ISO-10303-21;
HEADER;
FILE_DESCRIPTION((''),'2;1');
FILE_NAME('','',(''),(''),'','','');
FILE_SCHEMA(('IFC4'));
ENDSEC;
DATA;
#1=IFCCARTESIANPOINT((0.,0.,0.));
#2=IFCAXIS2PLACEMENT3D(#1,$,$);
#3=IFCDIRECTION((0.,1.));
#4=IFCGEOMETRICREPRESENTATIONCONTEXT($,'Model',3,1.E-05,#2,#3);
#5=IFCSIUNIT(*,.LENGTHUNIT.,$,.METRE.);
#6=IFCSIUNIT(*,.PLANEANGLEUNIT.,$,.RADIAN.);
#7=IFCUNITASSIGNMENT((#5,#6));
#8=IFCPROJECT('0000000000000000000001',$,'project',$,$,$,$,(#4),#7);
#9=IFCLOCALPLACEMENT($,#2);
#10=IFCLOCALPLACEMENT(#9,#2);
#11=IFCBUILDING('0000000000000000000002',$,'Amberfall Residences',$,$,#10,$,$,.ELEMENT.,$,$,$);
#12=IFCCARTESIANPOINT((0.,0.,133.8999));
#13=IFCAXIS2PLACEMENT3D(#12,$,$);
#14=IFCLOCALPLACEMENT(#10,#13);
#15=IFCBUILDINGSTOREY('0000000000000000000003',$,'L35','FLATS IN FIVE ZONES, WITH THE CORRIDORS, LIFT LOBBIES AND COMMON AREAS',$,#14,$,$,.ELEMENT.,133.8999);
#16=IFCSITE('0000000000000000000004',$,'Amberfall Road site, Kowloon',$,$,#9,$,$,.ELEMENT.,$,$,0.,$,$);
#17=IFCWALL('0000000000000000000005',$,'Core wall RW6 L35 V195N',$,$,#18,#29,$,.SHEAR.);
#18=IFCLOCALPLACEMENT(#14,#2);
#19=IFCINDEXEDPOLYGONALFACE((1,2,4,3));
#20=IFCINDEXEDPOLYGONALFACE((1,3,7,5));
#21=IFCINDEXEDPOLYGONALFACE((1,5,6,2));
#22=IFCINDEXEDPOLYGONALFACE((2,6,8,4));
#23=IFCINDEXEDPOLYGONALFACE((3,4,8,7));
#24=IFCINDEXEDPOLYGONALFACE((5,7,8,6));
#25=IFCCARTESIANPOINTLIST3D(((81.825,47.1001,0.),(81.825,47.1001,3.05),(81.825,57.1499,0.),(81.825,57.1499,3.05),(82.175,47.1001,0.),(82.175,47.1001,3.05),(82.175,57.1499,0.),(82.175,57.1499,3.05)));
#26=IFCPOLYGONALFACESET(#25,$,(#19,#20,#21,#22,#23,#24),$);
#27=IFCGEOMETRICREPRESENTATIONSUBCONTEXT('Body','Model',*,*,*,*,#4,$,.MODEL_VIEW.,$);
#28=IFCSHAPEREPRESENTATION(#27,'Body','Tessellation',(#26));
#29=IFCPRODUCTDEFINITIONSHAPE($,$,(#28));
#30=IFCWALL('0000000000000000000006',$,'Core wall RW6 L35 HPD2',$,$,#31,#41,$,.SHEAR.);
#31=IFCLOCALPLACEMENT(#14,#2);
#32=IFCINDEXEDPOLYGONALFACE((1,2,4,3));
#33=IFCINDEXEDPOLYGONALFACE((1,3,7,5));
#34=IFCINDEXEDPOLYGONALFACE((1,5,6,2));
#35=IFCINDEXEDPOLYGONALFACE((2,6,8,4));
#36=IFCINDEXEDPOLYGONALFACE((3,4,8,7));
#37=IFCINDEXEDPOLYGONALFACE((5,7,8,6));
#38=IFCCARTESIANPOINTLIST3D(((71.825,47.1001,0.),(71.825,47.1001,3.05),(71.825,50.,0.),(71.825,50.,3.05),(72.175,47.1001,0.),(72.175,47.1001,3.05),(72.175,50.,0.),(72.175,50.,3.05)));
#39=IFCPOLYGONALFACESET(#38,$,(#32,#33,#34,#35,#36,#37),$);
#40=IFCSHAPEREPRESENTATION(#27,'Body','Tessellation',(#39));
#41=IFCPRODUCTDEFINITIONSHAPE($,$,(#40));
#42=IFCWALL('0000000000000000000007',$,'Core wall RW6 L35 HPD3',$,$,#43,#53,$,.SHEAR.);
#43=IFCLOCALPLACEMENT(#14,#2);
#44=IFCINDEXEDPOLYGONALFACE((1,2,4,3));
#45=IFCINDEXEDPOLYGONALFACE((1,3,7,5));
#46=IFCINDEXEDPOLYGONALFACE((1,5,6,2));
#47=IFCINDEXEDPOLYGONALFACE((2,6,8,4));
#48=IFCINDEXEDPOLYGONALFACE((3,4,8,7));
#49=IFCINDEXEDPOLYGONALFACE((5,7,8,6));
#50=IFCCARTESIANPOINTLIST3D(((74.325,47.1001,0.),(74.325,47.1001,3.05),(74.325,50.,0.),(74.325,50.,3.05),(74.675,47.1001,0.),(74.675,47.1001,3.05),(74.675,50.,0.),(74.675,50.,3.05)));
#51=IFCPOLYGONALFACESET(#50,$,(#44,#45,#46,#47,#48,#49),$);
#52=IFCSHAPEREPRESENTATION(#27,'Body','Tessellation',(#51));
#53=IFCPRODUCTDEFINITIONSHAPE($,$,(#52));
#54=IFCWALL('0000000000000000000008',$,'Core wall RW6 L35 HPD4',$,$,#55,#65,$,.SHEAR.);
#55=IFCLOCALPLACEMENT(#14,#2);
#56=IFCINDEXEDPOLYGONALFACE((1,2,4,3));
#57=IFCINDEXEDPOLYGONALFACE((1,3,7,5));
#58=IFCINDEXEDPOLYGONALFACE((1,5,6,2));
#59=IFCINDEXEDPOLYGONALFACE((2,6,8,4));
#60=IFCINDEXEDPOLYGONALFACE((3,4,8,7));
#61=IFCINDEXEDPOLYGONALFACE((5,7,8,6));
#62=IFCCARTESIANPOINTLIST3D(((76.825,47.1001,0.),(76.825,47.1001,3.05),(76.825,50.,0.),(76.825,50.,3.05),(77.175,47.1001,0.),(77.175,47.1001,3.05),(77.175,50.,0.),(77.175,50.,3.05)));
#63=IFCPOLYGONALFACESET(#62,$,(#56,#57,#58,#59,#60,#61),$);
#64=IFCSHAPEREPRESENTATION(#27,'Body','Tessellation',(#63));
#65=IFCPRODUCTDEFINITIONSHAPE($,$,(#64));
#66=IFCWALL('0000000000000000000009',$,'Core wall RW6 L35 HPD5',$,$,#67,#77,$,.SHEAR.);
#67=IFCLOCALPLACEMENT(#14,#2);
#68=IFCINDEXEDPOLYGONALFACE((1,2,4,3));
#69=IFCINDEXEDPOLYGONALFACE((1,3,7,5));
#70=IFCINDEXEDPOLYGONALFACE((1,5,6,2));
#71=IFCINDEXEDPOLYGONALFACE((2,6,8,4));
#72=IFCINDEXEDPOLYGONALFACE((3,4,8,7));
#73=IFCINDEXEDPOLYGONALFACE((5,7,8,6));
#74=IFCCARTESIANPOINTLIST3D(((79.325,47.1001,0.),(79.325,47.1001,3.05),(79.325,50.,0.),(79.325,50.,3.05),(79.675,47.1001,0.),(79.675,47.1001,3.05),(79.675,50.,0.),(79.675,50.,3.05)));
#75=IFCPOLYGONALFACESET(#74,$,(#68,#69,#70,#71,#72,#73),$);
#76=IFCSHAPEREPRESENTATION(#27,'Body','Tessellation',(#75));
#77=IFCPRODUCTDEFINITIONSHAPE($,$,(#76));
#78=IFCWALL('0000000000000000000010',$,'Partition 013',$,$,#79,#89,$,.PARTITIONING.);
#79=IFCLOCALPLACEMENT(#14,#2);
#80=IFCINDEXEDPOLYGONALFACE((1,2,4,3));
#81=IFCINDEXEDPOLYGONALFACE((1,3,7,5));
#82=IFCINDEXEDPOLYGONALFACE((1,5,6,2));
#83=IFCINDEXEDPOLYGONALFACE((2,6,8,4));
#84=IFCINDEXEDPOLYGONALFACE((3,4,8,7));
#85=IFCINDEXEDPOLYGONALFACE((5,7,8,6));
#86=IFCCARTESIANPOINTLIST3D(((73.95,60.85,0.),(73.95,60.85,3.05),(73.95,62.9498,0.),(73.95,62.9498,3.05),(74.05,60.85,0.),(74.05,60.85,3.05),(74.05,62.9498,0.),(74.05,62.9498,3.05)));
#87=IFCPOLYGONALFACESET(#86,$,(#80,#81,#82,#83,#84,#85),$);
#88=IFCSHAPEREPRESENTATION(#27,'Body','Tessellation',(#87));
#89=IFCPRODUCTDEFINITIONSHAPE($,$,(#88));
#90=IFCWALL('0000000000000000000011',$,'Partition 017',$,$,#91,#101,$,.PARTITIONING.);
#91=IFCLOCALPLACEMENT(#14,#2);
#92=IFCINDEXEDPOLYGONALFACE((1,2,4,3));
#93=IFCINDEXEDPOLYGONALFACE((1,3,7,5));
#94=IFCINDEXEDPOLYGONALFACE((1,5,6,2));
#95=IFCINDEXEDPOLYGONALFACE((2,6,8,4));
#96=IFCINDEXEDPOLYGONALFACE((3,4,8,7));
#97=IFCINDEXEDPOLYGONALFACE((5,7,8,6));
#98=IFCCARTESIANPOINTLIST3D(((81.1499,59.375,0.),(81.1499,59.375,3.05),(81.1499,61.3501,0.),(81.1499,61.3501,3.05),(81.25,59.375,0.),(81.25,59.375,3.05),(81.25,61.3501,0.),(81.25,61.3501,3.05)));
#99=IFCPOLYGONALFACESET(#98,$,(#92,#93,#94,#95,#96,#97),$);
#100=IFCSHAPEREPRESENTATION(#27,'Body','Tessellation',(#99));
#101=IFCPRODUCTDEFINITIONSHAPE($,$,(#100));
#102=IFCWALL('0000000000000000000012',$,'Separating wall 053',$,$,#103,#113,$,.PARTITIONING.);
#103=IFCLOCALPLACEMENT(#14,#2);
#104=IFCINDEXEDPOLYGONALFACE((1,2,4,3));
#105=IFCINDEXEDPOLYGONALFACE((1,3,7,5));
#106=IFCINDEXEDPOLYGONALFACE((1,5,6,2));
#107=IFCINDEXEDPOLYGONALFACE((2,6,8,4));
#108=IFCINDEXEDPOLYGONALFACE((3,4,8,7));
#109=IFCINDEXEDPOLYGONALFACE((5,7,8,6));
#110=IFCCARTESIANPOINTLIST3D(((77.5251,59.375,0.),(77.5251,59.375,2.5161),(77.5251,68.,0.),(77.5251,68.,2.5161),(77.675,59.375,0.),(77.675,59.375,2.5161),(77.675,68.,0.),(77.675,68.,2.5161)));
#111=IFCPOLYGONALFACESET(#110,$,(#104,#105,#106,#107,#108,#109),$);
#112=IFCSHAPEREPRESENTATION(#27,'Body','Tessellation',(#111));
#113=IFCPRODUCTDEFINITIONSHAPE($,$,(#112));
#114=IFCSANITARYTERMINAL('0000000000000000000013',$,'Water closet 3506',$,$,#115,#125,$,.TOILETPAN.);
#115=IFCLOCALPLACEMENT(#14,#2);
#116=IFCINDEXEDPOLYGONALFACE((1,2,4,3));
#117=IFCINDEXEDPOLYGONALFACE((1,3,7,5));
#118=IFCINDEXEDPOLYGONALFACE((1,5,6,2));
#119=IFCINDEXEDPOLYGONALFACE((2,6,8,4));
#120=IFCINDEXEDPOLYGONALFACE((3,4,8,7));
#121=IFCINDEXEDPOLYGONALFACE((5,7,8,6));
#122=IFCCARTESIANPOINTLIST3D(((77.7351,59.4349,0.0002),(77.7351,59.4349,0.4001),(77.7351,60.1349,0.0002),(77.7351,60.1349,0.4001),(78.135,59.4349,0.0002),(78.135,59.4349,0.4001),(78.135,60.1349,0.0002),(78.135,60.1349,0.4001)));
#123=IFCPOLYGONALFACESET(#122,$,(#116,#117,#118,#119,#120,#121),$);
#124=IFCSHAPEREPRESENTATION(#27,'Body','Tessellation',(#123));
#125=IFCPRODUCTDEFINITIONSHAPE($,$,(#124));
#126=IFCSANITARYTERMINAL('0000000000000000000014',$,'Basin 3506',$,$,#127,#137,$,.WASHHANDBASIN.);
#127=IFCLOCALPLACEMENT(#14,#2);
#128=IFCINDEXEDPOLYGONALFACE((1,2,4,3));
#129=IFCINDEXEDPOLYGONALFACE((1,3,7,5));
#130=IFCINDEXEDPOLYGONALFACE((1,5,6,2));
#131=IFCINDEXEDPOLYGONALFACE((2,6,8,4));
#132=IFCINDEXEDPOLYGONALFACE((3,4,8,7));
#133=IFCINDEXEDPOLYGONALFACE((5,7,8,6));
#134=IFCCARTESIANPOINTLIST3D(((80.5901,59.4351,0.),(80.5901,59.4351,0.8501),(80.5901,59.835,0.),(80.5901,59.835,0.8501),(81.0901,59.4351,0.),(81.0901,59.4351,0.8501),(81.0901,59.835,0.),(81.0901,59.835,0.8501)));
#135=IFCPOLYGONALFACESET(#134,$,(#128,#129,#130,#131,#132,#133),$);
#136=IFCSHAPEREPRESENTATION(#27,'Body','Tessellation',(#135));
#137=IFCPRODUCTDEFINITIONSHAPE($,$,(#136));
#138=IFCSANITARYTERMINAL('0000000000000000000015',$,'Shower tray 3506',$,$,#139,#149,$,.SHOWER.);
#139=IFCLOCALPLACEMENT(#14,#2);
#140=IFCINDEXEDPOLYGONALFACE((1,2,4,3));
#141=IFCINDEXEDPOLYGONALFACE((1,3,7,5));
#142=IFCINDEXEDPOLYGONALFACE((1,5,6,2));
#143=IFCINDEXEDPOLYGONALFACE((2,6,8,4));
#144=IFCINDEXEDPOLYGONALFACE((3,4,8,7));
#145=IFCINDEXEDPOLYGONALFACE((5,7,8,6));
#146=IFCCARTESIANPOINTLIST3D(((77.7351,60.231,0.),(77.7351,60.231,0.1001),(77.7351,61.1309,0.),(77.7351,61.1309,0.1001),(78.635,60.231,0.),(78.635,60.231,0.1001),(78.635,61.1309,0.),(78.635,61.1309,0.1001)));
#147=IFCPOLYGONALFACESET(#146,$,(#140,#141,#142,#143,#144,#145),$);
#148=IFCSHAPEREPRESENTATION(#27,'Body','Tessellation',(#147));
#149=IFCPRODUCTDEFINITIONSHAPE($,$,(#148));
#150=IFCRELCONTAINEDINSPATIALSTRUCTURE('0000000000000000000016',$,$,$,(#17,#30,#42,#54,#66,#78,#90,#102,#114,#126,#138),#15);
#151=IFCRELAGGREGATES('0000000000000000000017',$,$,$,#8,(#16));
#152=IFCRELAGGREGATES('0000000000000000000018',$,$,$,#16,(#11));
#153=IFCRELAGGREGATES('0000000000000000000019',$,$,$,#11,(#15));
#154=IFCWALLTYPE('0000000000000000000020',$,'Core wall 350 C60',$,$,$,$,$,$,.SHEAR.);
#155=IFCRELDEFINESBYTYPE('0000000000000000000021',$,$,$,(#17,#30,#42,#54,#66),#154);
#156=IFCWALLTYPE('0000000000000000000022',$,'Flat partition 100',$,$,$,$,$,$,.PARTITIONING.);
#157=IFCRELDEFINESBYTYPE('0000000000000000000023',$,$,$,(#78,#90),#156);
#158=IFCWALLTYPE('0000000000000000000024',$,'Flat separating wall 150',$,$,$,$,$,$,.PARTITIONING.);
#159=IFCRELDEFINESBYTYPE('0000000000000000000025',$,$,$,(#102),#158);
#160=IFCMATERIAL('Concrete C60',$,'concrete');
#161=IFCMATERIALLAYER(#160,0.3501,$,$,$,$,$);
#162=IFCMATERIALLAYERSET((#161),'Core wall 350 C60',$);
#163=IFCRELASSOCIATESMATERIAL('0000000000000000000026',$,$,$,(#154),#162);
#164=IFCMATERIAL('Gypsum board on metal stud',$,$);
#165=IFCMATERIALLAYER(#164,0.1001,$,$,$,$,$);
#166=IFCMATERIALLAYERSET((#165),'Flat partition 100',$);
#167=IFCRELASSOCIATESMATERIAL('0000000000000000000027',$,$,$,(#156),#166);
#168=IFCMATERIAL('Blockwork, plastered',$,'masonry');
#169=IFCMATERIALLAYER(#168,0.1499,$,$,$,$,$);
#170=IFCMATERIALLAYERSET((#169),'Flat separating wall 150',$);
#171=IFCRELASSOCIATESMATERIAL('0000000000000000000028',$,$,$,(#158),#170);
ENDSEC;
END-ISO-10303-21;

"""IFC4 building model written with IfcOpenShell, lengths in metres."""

from ifc_helpers import new_model, si_unit, direction, frame, frame_2d, origin, origin_2d, place, context, subcontext, project, spatial, rectangle, extrude, material, layer, layer_set, type_object, element, save


model = new_model("IFC4")

# Units and contexts
model_context = context("Model", 3, precision=1e-05, world=origin(), true_north=direction((0.0, 1.0)))
body_context = subcontext(model_context, "Body", "Model", "MODEL_VIEW")
ifc_project = project(units=[si_unit("LENGTHUNIT", "METRE"), si_unit("PLANEANGLEUNIT", "RADIAN")], contexts=[model_context])

# Site, building, storey
site_placement = place(None, origin())
site = spatial("IfcSite", under=ifc_project, at=site_placement, Name="Amberfall Road site, Kowloon", CompositionType="ELEMENT", RefElevation=0.0)
building_placement = place(site_placement, origin())
building = spatial("IfcBuilding", under=site, at=building_placement, Name="Amberfall Residences", CompositionType="ELEMENT")
storey_placement = place(building_placement, frame((0.0, 0.0, 133.8999)))
storey = spatial("IfcBuildingStorey", under=building, at=storey_placement, Name="L35", Description="FLATS IN FIVE ZONES, WITH THE CORRIDORS, LIFT LOBBIES AND COMMON AREAS", CompositionType="ELEMENT", Elevation=133.8999)

# Walls
ifc_material_1 = material(Name="Concrete C60", Category="concrete")
ifc_layer_1 = layer(ifc_material_1, 0.3501)
ifc_layer_set_1 = layer_set([ifc_layer_1], Name="Core wall 350 C60")
wall_type_1 = type_object("IfcWallType", Name="Core wall 350 C60", PredefinedType="SHEAR", material=ifc_layer_set_1)
wall_1_placement = place(storey_placement, frame((82.0, 47.1001, 0.0), z_axis=(0.0, 0.0, 1.0), x_axis=(0.0, 1.0, 0.0)))
element("IfcWall", 1, at=wall_1_placement, inside=storey, type_object=wall_type_1, Name="Core wall RW6 L35 V195N", PredefinedType="SHEAR", context=body_context, shape_type="SweptSolid", body=[
    extrude(rectangle(XDim=10.0498, YDim=0.3501, at=frame_2d((5.0249, 0.0))), origin(), (0.0, 0.0, 1.0), 3.05),
])
for number, where, z_axis, x_axis, name in (
    (2, (72.0, 47.1001, 0.0), (0.0, 0.0, 1.0), (0.0, 1.0, 0.0), "Core wall RW6 L35 HPD2"),
    (3, (74.5, 47.1001, 0.0), (0.0, 0.0, 1.0), (0.0, 1.0, 0.0), "Core wall RW6 L35 HPD3"),
    (4, (77.0, 47.1001, 0.0), (0.0, 0.0, 1.0), (0.0, 1.0, 0.0), "Core wall RW6 L35 HPD4"),
    (5, (79.5, 47.1001, 0.0), (0.0, 0.0, 1.0), (0.0, 1.0, 0.0), "Core wall RW6 L35 HPD5"),
):
    element("IfcWall", number, at=place(storey_placement, frame(where, z_axis=z_axis, x_axis=x_axis)), inside=storey, type_object=wall_type_1, Name=name, PredefinedType="SHEAR", context=body_context, shape_type="SweptSolid", body=[
        extrude(rectangle(XDim=2.8999, YDim=0.3501, at=frame_2d((1.45, 0.0))), origin(), (0.0, 0.0, 1.0), 3.05),
    ])
ifc_material_2 = material(Name="Gypsum board on metal stud")
ifc_layer_2 = layer(ifc_material_2, 0.1001)
ifc_layer_set_2 = layer_set([ifc_layer_2], Name="Flat partition 100")
wall_type_2 = type_object("IfcWallType", Name="Flat partition 100", PredefinedType="PARTITIONING", material=ifc_layer_set_2)
wall_2_placement = place(storey_placement, frame((74.0, 60.8501, 0.0), z_axis=(0.0, 0.0, 1.0), x_axis=(0.0, 1.0, 0.0)))
element("IfcWall", 6, at=wall_2_placement, inside=storey, type_object=wall_type_2, Name="Partition 013", PredefinedType="PARTITIONING", context=body_context, shape_type="SweptSolid", body=[
    extrude(rectangle(XDim=2.0999, YDim=0.1001, at=frame_2d((1.0498, 0.0))), origin(), (0.0, 0.0, 1.0), 3.05),
])
wall_3_placement = place(storey_placement, frame((81.2, 59.375, 0.0), z_axis=(0.0, 0.0, 1.0), x_axis=(0.0, 1.0, 0.0)))
element("IfcWall", 7, at=wall_3_placement, inside=storey, type_object=wall_type_2, Name="Partition 017", PredefinedType="PARTITIONING", context=body_context, shape_type="SweptSolid", body=[
    extrude(rectangle(XDim=1.9751, YDim=0.1001, at=frame_2d((0.9875, 0.0))), origin(), (0.0, 0.0, 1.0), 3.05),
])
ifc_material_3 = material(Name="Blockwork, plastered", Category="masonry")
ifc_layer_3 = layer(ifc_material_3, 0.1499)
ifc_layer_set_3 = layer_set([ifc_layer_3], Name="Flat separating wall 150")
wall_type_3 = type_object("IfcWallType", Name="Flat separating wall 150", PredefinedType="PARTITIONING", material=ifc_layer_set_3)
wall_4_placement = place(storey_placement, frame((77.6001, 59.375, 0.0), z_axis=(0.0, 0.0, 1.0), x_axis=(0.0, 1.0, 0.0)))
element("IfcWall", 8, at=wall_4_placement, inside=storey, type_object=wall_type_3, Name="Separating wall 053", PredefinedType="PARTITIONING", context=body_context, shape_type="SweptSolid", body=[
    extrude(rectangle(XDim=8.625, YDim=0.1499, at=frame_2d((4.3125, 0.0))), origin(), (0.0, 0.0, 1.0), 2.5161),
])

# Sanitary terminals
sanitary_terminal_1_placement = place(storey_placement, frame((77.9351, 59.7849, 0.0002), z_axis=(0.0, 0.0, 1.0), x_axis=(1.0, 0.0, 0.0)))
element("IfcSanitaryTerminal", 9, at=sanitary_terminal_1_placement, inside=storey, Name="Water closet 3506", PredefinedType="TOILETPAN", context=body_context, shape_type="SweptSolid", body=[
    extrude(rectangle(XDim=0.3999, YDim=0.7, at=origin_2d()), origin(), (0.0, 0.0, 1.0), 0.3999),
])
sanitary_terminal_2_placement = place(storey_placement, frame((80.8401, 59.635, 0.0), z_axis=(0.0, 0.0, 1.0), x_axis=(1.0, 0.0, 0.0)))
element("IfcSanitaryTerminal", 10, at=sanitary_terminal_2_placement, inside=storey, Name="Basin 3506", PredefinedType="WASHHANDBASIN", context=body_context, shape_type="SweptSolid", body=[
    extrude(rectangle(XDim=0.5, YDim=0.3999, at=origin_2d()), origin(), (0.0, 0.0, 1.0), 0.8501),
])
sanitary_terminal_3_placement = place(storey_placement, frame((78.1851, 60.6809, 0.0), z_axis=(0.0, 0.0, 1.0), x_axis=(1.0, 0.0, 0.0)))
element("IfcSanitaryTerminal", 11, at=sanitary_terminal_3_placement, inside=storey, Name="Shower tray 3506", PredefinedType="SHOWER", context=body_context, shape_type="SweptSolid", body=[
    extrude(rectangle(XDim=0.8999, YDim=0.8999, at=origin_2d()), origin(), (0.0, 0.0, 1.0), 0.1001),
])

save(model, "model.ifc")
